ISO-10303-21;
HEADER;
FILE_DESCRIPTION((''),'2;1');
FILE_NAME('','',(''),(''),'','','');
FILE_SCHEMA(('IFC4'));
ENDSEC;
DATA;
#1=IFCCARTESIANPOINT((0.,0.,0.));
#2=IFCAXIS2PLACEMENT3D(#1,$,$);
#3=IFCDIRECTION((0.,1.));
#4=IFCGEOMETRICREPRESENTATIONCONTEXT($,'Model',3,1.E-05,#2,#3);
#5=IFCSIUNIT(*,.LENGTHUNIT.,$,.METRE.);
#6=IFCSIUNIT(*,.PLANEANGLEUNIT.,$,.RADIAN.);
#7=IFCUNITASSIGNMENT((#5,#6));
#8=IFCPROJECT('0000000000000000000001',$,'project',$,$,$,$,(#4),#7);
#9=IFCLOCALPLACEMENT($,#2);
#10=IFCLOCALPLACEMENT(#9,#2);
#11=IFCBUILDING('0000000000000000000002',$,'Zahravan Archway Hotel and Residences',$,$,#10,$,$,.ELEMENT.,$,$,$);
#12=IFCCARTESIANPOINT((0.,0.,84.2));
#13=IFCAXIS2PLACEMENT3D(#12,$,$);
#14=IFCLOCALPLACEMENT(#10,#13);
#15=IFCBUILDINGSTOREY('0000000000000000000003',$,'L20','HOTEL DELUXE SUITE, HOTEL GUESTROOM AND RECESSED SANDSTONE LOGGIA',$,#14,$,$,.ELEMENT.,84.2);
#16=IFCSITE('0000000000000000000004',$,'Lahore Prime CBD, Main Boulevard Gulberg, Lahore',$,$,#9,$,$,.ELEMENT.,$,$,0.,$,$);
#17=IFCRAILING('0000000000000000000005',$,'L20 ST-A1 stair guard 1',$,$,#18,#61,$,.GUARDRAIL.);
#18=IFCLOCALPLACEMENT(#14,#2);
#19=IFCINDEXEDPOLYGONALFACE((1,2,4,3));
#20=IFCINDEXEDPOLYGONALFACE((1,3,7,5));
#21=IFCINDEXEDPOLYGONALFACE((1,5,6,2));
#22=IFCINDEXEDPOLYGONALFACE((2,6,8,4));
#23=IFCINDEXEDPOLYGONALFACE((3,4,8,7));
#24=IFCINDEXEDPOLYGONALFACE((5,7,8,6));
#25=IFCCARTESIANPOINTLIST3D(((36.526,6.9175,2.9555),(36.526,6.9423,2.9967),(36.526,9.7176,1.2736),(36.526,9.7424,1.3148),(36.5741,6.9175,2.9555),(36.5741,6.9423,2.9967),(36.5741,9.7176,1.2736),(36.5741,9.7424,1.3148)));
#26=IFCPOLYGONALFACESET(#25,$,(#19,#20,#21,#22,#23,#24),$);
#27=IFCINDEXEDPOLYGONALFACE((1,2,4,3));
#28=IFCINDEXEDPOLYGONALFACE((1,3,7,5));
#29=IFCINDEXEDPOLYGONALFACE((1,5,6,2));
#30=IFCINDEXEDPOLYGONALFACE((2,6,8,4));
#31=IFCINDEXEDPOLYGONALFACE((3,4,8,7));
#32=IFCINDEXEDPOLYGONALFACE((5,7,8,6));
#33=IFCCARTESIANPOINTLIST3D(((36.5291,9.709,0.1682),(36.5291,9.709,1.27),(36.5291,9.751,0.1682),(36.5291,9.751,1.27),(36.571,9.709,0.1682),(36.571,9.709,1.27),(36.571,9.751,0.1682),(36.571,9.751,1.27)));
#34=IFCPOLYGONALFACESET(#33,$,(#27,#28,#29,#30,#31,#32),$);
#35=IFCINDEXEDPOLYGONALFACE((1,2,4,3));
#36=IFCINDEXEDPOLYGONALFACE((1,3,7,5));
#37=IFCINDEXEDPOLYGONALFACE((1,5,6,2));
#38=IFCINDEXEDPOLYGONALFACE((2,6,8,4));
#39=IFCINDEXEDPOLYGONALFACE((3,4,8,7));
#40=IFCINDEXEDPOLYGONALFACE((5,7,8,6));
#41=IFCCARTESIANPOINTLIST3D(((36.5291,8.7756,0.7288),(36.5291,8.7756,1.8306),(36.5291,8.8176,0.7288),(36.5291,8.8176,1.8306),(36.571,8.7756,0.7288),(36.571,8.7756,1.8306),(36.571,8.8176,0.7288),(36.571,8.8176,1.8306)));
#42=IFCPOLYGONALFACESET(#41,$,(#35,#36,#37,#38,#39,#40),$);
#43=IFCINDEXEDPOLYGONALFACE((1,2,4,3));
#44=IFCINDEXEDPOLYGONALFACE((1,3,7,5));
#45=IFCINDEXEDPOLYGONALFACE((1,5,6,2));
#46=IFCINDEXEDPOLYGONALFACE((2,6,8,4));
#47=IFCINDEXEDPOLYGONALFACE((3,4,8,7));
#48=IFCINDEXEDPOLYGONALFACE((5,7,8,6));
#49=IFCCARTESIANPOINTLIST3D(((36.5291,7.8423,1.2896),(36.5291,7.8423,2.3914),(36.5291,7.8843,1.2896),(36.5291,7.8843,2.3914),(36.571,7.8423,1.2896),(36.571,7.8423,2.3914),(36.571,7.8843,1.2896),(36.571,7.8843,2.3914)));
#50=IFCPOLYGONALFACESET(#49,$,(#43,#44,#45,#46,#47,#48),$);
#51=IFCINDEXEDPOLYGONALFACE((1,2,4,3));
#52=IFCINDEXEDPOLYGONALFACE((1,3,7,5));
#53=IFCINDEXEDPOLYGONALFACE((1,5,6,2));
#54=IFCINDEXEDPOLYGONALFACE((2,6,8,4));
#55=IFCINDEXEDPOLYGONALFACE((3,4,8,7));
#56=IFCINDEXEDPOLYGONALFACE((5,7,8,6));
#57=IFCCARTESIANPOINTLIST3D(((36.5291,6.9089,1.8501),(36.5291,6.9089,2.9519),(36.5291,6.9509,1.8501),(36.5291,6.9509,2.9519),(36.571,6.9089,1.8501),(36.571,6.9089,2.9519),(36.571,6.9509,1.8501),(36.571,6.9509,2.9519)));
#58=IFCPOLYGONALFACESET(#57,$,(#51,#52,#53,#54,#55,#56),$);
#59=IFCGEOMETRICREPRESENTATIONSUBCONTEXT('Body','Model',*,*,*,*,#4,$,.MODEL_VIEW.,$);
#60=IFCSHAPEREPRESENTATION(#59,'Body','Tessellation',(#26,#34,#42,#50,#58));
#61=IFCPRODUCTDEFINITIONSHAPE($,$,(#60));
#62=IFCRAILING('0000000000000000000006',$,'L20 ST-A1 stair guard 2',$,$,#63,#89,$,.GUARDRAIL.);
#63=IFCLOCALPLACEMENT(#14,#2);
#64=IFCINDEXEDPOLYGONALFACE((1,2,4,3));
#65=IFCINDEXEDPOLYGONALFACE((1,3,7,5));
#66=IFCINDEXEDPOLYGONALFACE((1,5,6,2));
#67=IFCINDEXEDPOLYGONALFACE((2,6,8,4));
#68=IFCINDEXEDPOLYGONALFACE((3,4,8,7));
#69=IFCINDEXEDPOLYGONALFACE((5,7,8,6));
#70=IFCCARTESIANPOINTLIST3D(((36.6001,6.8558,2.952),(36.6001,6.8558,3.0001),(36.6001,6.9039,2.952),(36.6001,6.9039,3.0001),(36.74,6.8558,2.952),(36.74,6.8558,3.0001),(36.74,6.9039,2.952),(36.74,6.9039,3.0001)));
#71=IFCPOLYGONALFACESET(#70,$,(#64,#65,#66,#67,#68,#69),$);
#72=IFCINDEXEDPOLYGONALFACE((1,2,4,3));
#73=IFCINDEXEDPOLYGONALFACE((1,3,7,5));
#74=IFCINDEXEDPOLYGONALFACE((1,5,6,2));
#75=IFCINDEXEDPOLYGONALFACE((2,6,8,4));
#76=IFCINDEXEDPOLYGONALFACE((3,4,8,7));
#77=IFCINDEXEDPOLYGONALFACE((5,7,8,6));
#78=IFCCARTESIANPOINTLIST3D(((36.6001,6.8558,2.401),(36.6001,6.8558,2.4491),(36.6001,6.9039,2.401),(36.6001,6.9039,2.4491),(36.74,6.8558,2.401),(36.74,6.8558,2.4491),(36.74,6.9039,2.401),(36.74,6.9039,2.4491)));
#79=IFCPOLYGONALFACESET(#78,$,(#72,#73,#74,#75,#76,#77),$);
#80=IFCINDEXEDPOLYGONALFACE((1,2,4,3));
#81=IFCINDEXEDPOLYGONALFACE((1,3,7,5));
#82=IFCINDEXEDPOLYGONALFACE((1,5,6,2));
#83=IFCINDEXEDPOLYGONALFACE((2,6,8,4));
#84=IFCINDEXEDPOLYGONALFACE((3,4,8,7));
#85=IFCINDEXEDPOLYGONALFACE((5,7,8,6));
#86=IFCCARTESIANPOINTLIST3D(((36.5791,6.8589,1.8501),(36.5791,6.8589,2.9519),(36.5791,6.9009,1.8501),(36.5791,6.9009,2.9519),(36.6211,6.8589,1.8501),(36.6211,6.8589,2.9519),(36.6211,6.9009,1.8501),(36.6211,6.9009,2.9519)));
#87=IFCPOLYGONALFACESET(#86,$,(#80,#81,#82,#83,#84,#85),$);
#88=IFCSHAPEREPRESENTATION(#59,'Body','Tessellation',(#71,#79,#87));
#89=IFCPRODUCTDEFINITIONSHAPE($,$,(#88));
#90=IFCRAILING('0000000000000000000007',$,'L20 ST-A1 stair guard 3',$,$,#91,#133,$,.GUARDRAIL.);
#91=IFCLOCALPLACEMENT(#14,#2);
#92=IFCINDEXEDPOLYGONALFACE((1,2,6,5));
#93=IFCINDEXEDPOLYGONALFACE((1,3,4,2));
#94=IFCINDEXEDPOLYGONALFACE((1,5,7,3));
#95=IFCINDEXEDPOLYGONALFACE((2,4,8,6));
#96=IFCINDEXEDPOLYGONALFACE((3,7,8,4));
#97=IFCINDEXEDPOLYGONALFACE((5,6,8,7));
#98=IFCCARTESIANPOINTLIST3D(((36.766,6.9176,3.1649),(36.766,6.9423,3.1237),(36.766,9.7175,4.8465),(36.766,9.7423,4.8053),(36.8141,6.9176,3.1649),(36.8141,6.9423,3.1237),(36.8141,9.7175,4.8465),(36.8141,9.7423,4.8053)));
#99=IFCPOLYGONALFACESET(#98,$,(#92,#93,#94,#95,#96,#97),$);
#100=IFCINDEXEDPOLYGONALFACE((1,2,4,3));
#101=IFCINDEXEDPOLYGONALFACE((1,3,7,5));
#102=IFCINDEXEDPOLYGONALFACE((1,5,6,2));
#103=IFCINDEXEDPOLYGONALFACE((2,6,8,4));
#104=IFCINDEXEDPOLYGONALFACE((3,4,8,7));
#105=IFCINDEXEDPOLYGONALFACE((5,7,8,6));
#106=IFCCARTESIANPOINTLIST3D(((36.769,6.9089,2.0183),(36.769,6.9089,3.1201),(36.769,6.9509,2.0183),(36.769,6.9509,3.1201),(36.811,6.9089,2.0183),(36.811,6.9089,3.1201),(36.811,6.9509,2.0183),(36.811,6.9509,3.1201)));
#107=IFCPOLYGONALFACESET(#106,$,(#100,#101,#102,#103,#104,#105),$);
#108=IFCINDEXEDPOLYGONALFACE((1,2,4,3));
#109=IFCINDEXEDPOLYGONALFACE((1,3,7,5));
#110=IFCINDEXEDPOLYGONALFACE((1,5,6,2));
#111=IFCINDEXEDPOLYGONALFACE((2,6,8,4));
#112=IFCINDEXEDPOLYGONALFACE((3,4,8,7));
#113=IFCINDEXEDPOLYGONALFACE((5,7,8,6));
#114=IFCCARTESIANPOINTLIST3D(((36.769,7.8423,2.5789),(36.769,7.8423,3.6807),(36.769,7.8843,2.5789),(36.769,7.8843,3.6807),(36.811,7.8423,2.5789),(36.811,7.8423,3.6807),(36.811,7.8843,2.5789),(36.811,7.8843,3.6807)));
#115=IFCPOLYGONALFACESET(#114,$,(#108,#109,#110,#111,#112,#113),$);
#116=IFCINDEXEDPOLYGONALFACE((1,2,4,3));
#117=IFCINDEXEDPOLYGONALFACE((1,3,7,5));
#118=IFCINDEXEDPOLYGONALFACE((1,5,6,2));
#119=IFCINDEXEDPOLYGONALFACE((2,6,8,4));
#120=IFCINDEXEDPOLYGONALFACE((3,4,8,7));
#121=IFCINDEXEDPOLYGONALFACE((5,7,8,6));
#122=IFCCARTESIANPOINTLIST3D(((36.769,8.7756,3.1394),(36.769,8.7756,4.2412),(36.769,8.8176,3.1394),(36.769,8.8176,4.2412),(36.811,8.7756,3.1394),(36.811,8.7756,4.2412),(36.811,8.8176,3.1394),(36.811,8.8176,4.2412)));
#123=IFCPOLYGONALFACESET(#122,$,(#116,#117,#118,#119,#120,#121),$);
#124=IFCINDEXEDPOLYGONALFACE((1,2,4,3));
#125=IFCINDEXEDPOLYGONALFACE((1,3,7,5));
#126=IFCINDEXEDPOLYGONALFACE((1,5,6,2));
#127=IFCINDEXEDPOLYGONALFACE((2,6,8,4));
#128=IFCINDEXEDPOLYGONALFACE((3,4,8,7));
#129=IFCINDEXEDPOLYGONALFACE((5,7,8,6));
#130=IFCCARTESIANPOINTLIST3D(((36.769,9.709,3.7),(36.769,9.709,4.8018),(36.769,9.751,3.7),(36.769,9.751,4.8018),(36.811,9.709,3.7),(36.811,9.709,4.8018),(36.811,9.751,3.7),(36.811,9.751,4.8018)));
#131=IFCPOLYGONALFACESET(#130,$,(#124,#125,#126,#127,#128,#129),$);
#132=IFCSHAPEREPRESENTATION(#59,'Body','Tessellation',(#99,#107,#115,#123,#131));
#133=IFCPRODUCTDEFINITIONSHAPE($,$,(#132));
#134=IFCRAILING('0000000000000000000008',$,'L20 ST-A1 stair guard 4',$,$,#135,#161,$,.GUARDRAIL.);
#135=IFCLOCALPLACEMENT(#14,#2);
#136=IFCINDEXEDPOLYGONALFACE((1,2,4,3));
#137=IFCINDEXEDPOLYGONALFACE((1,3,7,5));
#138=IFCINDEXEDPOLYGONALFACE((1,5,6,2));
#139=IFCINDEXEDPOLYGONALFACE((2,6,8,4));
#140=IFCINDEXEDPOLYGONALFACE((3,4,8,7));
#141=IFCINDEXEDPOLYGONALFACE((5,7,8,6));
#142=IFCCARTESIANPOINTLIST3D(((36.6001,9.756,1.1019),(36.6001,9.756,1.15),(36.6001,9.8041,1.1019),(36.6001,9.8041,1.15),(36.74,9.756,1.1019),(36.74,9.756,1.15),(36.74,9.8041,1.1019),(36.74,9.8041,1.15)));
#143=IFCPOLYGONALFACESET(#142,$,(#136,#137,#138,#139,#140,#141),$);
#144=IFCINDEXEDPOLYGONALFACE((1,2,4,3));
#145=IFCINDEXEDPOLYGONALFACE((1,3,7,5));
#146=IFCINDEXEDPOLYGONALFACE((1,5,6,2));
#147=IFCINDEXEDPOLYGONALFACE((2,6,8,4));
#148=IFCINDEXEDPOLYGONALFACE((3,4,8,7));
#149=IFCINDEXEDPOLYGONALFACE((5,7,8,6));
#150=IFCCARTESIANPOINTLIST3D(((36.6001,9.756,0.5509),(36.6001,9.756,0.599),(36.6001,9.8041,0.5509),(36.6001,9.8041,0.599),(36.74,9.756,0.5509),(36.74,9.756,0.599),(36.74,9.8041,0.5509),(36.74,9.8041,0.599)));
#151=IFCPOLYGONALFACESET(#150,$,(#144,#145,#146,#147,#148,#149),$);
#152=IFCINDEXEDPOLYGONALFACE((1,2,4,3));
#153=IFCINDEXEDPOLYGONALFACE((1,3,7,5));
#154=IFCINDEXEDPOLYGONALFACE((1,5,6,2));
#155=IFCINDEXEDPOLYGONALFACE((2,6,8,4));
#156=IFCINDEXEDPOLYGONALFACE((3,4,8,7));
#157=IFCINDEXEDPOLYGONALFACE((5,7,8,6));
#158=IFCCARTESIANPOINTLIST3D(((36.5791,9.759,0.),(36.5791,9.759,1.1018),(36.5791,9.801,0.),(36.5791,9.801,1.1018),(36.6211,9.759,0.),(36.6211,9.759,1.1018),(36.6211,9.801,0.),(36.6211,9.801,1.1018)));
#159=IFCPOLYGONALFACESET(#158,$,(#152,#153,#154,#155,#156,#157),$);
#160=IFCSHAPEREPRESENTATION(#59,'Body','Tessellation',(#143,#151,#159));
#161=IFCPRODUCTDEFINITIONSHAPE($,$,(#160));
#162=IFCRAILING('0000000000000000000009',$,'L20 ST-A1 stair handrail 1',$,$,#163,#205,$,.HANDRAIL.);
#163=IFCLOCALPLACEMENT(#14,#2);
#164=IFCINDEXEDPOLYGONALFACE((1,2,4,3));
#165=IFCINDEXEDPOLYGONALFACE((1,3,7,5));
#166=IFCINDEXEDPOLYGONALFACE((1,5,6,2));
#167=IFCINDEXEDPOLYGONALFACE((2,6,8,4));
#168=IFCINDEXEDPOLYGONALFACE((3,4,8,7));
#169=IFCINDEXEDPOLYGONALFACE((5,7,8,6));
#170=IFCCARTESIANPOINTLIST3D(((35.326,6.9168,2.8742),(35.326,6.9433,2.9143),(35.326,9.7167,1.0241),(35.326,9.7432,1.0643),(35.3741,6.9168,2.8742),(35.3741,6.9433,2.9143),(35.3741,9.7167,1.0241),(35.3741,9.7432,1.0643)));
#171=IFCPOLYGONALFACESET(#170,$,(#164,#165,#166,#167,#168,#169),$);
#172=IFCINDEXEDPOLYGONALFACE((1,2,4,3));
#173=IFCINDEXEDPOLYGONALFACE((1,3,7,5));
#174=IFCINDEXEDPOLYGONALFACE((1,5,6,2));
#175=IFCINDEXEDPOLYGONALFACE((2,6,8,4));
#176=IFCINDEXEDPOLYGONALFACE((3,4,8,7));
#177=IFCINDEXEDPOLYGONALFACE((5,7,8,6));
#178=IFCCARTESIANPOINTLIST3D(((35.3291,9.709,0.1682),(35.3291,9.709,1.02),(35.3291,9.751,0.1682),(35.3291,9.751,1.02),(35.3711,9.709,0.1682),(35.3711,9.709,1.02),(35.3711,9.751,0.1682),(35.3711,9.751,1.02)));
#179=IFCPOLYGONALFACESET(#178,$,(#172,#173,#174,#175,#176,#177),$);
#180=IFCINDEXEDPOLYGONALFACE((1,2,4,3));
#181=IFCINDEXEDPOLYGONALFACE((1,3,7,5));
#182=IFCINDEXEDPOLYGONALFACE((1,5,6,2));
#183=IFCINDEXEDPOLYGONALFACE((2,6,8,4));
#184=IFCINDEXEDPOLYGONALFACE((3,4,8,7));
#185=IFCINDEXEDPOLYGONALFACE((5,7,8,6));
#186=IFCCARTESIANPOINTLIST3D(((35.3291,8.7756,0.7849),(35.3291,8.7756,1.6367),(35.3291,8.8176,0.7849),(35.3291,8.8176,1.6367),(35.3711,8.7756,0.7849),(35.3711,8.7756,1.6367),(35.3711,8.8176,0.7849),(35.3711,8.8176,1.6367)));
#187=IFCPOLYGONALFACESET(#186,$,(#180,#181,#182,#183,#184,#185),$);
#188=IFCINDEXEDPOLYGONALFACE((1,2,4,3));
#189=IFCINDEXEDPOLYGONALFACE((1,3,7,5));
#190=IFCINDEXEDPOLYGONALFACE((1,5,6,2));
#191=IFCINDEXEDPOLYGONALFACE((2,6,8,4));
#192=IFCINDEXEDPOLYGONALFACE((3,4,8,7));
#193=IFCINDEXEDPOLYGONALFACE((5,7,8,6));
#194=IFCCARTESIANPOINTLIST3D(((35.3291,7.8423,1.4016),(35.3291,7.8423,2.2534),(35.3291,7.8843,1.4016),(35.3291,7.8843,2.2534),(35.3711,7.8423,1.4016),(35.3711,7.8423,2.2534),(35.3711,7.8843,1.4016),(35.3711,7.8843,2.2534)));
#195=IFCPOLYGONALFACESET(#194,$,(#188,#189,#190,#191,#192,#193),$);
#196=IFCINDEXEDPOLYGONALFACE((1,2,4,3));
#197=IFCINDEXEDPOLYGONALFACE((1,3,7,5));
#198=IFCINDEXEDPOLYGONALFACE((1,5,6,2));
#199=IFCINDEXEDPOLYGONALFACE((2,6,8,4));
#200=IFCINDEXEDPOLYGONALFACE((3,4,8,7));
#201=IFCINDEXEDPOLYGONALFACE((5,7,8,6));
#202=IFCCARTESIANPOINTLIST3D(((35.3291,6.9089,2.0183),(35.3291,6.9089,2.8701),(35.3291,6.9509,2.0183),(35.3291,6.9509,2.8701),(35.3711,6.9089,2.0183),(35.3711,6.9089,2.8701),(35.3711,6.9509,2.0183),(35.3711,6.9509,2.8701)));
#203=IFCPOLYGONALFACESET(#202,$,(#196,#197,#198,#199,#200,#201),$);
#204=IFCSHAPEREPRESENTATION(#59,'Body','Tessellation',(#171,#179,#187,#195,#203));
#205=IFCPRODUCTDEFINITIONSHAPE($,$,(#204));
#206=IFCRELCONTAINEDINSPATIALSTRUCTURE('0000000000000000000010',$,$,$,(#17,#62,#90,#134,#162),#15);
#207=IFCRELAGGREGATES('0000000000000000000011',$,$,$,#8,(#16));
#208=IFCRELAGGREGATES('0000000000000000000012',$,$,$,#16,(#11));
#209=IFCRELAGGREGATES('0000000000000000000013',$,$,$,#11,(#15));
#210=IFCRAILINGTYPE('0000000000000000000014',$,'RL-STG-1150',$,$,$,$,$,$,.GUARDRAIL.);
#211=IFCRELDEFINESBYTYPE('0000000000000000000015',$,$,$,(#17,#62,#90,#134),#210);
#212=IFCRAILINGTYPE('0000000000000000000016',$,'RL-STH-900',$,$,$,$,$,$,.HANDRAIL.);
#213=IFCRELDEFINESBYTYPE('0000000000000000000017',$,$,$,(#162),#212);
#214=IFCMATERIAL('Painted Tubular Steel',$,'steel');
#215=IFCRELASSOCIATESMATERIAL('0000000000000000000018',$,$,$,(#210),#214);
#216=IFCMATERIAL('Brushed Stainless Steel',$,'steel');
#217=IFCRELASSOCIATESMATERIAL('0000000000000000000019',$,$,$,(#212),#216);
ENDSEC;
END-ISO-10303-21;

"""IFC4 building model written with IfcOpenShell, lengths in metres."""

from ifc_helpers import new_model, si_unit, direction, frame, origin, origin_2d, place, context, subcontext, project, spatial, rectangle, extrude, material, type_object, element, save


model = new_model("IFC4")

# Units and contexts
model_context = context("Model", 3, precision=1e-05, world=origin(), true_north=direction((0.0, 1.0)))
body_context = subcontext(model_context, "Body", "Model", "MODEL_VIEW")
ifc_project = project(units=[si_unit("LENGTHUNIT", "METRE"), si_unit("PLANEANGLEUNIT", "RADIAN")], contexts=[model_context])

# Site, building, storey
site_placement = place(None, origin())
site = spatial("IfcSite", under=ifc_project, at=site_placement, Name="Lahore Prime CBD, Main Boulevard Gulberg, Lahore", CompositionType="ELEMENT", RefElevation=0.0)
building_placement = place(site_placement, origin())
building = spatial("IfcBuilding", under=site, at=building_placement, Name="Zahravan Archway Hotel and Residences", CompositionType="ELEMENT")
storey_placement = place(building_placement, frame((0.0, 0.0, 84.2)))
storey = spatial("IfcBuildingStorey", under=building, at=storey_placement, Name="L20", Description="HOTEL DELUXE SUITE, HOTEL GUESTROOM AND RECESSED SANDSTONE LOGGIA", CompositionType="ELEMENT", Elevation=84.2)

# Shared definitions
ifc_material_1 = material(Name="Brushed Stainless Steel", Category="steel")

# Railings
ifc_material_2 = material(Name="Painted Tubular Steel", Category="steel")
railing_type_1 = type_object("IfcRailingType", Name="RL-STG-1150", PredefinedType="GUARDRAIL", material=ifc_material_2)
railing_1_placement = place(storey_placement, frame((36.55, 9.73, 0.1682)))
element("IfcRailing", 1, at=railing_1_placement, inside=storey, type_object=railing_type_1, Name="L20 ST-A1 stair guard 1", PredefinedType="GUARDRAIL", context=body_context, shape_type="SweptSolid", body=[
    extrude(rectangle(XDim=0.0481, YDim=0.0481, at=origin_2d()), frame((0.0, 0.0, 1.126), z_axis=(0.0, -0.857242, 0.514913), x_axis=(1.0, 0.0, 0.0)), (0.0, 0.0, 1.0), 3.2664),
    extrude(rectangle(XDim=0.042, YDim=0.042, at=origin_2d()), origin(), (0.0, 0.0, 1.0), 1.1018),
    extrude(rectangle(XDim=0.042, YDim=0.042, at=origin_2d()), frame((0.0, -0.9333, 0.5605)), (0.0, 0.0, 1.0), 1.1018),
    extrude(rectangle(XDim=0.042, YDim=0.042, at=origin_2d()), frame((0.0, -1.8667, 1.1213)), (0.0, 0.0, 1.0), 1.1018),
    extrude(rectangle(XDim=0.042, YDim=0.042, at=origin_2d()), frame((0.0, -2.8, 1.6819)), (0.0, 0.0, 1.0), 1.1018),
])
railing_2_placement = place(storey_placement, frame((36.6001, 6.8799, 1.8501)))
element("IfcRailing", 2, at=railing_2_placement, inside=storey, type_object=railing_type_1, Name="L20 ST-A1 stair guard 2", PredefinedType="GUARDRAIL", context=body_context, shape_type="SweptSolid", body=[
    extrude(rectangle(XDim=0.0481, YDim=0.0481, at=origin_2d()), frame((0.0, 0.0, 1.126), z_axis=(1.0, 0.0, 0.0), x_axis=(0.0, 1.0, 0.0)), (0.0, 0.0, 1.0), 0.1399),
    extrude(rectangle(XDim=0.0481, YDim=0.0481, at=origin_2d()), frame((0.0, 0.0, 0.575), z_axis=(1.0, 0.0, 0.0), x_axis=(0.0, 1.0, 0.0)), (0.0, 0.0, 1.0), 0.1399),
    extrude(rectangle(XDim=0.042, YDim=0.042, at=origin_2d()), origin(), (0.0, 0.0, 1.0), 1.1018),
])
railing_3_placement = place(storey_placement, frame((36.79, 6.9299, 2.0183)))
element("IfcRailing", 3, at=railing_3_placement, inside=storey, type_object=railing_type_1, Name="L20 ST-A1 stair guard 3", PredefinedType="GUARDRAIL", context=body_context, shape_type="SweptSolid", body=[
    extrude(rectangle(XDim=0.0481, YDim=0.0481, at=origin_2d()), frame((0.0, 0.0, 1.126), z_axis=(0.0, 0.857275, 0.514858), x_axis=(-1.0, 0.0, 0.0)), (0.0, 0.0, 1.0), 3.2661),
    extrude(rectangle(XDim=0.042, YDim=0.042, at=origin_2d()), origin(), (0.0, 0.0, 1.0), 1.1018),
    extrude(rectangle(XDim=0.042, YDim=0.042, at=origin_2d()), frame((0.0, 0.9333, 0.5605)), (0.0, 0.0, 1.0), 1.1018),
    extrude(rectangle(XDim=0.042, YDim=0.042, at=origin_2d()), frame((0.0, 1.8667, 1.1211)), (0.0, 0.0, 1.0), 1.1018),
    extrude(rectangle(XDim=0.042, YDim=0.042, at=origin_2d()), frame((0.0, 2.8, 1.6816)), (0.0, 0.0, 1.0), 1.1018),
])
railing_4_placement = place(storey_placement, frame((36.6001, 9.78, 0.0)))
element("IfcRailing", 4, at=railing_4_placement, inside=storey, type_object=railing_type_1, Name="L20 ST-A1 stair guard 4", PredefinedType="GUARDRAIL", context=body_context, shape_type="SweptSolid", body=[
    extrude(rectangle(XDim=0.0481, YDim=0.0481, at=origin_2d()), frame((0.0, 0.0, 1.126), z_axis=(1.0, 0.0, 0.0), x_axis=(0.0, 1.0, 0.0)), (0.0, 0.0, 1.0), 0.1399),
    extrude(rectangle(XDim=0.0481, YDim=0.0481, at=origin_2d()), frame((0.0, 0.0, 0.575), z_axis=(1.0, 0.0, 0.0), x_axis=(0.0, 1.0, 0.0)), (0.0, 0.0, 1.0), 0.1399),
    extrude(rectangle(XDim=0.042, YDim=0.042, at=origin_2d()), origin(), (0.0, 0.0, 1.0), 1.1018),
])
railing_type_2 = type_object("IfcRailingType", Name="RL-STH-900", PredefinedType="HANDRAIL", material=ifc_material_1)
railing_5_placement = place(storey_placement, frame((35.3501, 9.73, 0.1682)))
element("IfcRailing", 5, at=railing_5_placement, inside=storey, type_object=railing_type_2, Name="L20 ST-A1 stair handrail 1", PredefinedType="HANDRAIL", context=body_context, shape_type="SweptSolid", body=[
    extrude(rectangle(XDim=0.0481, YDim=0.0481, at=origin_2d()), frame((0.0, 0.0, 0.876), z_axis=(0.0, -0.834326, 0.551271), x_axis=(1.0, 0.0, 0.0)), (0.0, 0.0, 1.0), 3.356),
    extrude(rectangle(XDim=0.042, YDim=0.042, at=origin_2d()), origin(), (0.0, 0.0, 1.0), 0.8518),
    extrude(rectangle(XDim=0.042, YDim=0.042, at=origin_2d()), frame((0.0, -0.9333, 0.6167)), (0.0, 0.0, 1.0), 0.8518),
    extrude(rectangle(XDim=0.042, YDim=0.042, at=origin_2d()), frame((0.0, -1.8667, 1.2334)), (0.0, 0.0, 1.0), 0.8518),
    extrude(rectangle(XDim=0.042, YDim=0.042, at=origin_2d()), frame((0.0, -2.8, 1.8501)), (0.0, 0.0, 1.0), 0.8518),
])

save(model, "model.ifc")
